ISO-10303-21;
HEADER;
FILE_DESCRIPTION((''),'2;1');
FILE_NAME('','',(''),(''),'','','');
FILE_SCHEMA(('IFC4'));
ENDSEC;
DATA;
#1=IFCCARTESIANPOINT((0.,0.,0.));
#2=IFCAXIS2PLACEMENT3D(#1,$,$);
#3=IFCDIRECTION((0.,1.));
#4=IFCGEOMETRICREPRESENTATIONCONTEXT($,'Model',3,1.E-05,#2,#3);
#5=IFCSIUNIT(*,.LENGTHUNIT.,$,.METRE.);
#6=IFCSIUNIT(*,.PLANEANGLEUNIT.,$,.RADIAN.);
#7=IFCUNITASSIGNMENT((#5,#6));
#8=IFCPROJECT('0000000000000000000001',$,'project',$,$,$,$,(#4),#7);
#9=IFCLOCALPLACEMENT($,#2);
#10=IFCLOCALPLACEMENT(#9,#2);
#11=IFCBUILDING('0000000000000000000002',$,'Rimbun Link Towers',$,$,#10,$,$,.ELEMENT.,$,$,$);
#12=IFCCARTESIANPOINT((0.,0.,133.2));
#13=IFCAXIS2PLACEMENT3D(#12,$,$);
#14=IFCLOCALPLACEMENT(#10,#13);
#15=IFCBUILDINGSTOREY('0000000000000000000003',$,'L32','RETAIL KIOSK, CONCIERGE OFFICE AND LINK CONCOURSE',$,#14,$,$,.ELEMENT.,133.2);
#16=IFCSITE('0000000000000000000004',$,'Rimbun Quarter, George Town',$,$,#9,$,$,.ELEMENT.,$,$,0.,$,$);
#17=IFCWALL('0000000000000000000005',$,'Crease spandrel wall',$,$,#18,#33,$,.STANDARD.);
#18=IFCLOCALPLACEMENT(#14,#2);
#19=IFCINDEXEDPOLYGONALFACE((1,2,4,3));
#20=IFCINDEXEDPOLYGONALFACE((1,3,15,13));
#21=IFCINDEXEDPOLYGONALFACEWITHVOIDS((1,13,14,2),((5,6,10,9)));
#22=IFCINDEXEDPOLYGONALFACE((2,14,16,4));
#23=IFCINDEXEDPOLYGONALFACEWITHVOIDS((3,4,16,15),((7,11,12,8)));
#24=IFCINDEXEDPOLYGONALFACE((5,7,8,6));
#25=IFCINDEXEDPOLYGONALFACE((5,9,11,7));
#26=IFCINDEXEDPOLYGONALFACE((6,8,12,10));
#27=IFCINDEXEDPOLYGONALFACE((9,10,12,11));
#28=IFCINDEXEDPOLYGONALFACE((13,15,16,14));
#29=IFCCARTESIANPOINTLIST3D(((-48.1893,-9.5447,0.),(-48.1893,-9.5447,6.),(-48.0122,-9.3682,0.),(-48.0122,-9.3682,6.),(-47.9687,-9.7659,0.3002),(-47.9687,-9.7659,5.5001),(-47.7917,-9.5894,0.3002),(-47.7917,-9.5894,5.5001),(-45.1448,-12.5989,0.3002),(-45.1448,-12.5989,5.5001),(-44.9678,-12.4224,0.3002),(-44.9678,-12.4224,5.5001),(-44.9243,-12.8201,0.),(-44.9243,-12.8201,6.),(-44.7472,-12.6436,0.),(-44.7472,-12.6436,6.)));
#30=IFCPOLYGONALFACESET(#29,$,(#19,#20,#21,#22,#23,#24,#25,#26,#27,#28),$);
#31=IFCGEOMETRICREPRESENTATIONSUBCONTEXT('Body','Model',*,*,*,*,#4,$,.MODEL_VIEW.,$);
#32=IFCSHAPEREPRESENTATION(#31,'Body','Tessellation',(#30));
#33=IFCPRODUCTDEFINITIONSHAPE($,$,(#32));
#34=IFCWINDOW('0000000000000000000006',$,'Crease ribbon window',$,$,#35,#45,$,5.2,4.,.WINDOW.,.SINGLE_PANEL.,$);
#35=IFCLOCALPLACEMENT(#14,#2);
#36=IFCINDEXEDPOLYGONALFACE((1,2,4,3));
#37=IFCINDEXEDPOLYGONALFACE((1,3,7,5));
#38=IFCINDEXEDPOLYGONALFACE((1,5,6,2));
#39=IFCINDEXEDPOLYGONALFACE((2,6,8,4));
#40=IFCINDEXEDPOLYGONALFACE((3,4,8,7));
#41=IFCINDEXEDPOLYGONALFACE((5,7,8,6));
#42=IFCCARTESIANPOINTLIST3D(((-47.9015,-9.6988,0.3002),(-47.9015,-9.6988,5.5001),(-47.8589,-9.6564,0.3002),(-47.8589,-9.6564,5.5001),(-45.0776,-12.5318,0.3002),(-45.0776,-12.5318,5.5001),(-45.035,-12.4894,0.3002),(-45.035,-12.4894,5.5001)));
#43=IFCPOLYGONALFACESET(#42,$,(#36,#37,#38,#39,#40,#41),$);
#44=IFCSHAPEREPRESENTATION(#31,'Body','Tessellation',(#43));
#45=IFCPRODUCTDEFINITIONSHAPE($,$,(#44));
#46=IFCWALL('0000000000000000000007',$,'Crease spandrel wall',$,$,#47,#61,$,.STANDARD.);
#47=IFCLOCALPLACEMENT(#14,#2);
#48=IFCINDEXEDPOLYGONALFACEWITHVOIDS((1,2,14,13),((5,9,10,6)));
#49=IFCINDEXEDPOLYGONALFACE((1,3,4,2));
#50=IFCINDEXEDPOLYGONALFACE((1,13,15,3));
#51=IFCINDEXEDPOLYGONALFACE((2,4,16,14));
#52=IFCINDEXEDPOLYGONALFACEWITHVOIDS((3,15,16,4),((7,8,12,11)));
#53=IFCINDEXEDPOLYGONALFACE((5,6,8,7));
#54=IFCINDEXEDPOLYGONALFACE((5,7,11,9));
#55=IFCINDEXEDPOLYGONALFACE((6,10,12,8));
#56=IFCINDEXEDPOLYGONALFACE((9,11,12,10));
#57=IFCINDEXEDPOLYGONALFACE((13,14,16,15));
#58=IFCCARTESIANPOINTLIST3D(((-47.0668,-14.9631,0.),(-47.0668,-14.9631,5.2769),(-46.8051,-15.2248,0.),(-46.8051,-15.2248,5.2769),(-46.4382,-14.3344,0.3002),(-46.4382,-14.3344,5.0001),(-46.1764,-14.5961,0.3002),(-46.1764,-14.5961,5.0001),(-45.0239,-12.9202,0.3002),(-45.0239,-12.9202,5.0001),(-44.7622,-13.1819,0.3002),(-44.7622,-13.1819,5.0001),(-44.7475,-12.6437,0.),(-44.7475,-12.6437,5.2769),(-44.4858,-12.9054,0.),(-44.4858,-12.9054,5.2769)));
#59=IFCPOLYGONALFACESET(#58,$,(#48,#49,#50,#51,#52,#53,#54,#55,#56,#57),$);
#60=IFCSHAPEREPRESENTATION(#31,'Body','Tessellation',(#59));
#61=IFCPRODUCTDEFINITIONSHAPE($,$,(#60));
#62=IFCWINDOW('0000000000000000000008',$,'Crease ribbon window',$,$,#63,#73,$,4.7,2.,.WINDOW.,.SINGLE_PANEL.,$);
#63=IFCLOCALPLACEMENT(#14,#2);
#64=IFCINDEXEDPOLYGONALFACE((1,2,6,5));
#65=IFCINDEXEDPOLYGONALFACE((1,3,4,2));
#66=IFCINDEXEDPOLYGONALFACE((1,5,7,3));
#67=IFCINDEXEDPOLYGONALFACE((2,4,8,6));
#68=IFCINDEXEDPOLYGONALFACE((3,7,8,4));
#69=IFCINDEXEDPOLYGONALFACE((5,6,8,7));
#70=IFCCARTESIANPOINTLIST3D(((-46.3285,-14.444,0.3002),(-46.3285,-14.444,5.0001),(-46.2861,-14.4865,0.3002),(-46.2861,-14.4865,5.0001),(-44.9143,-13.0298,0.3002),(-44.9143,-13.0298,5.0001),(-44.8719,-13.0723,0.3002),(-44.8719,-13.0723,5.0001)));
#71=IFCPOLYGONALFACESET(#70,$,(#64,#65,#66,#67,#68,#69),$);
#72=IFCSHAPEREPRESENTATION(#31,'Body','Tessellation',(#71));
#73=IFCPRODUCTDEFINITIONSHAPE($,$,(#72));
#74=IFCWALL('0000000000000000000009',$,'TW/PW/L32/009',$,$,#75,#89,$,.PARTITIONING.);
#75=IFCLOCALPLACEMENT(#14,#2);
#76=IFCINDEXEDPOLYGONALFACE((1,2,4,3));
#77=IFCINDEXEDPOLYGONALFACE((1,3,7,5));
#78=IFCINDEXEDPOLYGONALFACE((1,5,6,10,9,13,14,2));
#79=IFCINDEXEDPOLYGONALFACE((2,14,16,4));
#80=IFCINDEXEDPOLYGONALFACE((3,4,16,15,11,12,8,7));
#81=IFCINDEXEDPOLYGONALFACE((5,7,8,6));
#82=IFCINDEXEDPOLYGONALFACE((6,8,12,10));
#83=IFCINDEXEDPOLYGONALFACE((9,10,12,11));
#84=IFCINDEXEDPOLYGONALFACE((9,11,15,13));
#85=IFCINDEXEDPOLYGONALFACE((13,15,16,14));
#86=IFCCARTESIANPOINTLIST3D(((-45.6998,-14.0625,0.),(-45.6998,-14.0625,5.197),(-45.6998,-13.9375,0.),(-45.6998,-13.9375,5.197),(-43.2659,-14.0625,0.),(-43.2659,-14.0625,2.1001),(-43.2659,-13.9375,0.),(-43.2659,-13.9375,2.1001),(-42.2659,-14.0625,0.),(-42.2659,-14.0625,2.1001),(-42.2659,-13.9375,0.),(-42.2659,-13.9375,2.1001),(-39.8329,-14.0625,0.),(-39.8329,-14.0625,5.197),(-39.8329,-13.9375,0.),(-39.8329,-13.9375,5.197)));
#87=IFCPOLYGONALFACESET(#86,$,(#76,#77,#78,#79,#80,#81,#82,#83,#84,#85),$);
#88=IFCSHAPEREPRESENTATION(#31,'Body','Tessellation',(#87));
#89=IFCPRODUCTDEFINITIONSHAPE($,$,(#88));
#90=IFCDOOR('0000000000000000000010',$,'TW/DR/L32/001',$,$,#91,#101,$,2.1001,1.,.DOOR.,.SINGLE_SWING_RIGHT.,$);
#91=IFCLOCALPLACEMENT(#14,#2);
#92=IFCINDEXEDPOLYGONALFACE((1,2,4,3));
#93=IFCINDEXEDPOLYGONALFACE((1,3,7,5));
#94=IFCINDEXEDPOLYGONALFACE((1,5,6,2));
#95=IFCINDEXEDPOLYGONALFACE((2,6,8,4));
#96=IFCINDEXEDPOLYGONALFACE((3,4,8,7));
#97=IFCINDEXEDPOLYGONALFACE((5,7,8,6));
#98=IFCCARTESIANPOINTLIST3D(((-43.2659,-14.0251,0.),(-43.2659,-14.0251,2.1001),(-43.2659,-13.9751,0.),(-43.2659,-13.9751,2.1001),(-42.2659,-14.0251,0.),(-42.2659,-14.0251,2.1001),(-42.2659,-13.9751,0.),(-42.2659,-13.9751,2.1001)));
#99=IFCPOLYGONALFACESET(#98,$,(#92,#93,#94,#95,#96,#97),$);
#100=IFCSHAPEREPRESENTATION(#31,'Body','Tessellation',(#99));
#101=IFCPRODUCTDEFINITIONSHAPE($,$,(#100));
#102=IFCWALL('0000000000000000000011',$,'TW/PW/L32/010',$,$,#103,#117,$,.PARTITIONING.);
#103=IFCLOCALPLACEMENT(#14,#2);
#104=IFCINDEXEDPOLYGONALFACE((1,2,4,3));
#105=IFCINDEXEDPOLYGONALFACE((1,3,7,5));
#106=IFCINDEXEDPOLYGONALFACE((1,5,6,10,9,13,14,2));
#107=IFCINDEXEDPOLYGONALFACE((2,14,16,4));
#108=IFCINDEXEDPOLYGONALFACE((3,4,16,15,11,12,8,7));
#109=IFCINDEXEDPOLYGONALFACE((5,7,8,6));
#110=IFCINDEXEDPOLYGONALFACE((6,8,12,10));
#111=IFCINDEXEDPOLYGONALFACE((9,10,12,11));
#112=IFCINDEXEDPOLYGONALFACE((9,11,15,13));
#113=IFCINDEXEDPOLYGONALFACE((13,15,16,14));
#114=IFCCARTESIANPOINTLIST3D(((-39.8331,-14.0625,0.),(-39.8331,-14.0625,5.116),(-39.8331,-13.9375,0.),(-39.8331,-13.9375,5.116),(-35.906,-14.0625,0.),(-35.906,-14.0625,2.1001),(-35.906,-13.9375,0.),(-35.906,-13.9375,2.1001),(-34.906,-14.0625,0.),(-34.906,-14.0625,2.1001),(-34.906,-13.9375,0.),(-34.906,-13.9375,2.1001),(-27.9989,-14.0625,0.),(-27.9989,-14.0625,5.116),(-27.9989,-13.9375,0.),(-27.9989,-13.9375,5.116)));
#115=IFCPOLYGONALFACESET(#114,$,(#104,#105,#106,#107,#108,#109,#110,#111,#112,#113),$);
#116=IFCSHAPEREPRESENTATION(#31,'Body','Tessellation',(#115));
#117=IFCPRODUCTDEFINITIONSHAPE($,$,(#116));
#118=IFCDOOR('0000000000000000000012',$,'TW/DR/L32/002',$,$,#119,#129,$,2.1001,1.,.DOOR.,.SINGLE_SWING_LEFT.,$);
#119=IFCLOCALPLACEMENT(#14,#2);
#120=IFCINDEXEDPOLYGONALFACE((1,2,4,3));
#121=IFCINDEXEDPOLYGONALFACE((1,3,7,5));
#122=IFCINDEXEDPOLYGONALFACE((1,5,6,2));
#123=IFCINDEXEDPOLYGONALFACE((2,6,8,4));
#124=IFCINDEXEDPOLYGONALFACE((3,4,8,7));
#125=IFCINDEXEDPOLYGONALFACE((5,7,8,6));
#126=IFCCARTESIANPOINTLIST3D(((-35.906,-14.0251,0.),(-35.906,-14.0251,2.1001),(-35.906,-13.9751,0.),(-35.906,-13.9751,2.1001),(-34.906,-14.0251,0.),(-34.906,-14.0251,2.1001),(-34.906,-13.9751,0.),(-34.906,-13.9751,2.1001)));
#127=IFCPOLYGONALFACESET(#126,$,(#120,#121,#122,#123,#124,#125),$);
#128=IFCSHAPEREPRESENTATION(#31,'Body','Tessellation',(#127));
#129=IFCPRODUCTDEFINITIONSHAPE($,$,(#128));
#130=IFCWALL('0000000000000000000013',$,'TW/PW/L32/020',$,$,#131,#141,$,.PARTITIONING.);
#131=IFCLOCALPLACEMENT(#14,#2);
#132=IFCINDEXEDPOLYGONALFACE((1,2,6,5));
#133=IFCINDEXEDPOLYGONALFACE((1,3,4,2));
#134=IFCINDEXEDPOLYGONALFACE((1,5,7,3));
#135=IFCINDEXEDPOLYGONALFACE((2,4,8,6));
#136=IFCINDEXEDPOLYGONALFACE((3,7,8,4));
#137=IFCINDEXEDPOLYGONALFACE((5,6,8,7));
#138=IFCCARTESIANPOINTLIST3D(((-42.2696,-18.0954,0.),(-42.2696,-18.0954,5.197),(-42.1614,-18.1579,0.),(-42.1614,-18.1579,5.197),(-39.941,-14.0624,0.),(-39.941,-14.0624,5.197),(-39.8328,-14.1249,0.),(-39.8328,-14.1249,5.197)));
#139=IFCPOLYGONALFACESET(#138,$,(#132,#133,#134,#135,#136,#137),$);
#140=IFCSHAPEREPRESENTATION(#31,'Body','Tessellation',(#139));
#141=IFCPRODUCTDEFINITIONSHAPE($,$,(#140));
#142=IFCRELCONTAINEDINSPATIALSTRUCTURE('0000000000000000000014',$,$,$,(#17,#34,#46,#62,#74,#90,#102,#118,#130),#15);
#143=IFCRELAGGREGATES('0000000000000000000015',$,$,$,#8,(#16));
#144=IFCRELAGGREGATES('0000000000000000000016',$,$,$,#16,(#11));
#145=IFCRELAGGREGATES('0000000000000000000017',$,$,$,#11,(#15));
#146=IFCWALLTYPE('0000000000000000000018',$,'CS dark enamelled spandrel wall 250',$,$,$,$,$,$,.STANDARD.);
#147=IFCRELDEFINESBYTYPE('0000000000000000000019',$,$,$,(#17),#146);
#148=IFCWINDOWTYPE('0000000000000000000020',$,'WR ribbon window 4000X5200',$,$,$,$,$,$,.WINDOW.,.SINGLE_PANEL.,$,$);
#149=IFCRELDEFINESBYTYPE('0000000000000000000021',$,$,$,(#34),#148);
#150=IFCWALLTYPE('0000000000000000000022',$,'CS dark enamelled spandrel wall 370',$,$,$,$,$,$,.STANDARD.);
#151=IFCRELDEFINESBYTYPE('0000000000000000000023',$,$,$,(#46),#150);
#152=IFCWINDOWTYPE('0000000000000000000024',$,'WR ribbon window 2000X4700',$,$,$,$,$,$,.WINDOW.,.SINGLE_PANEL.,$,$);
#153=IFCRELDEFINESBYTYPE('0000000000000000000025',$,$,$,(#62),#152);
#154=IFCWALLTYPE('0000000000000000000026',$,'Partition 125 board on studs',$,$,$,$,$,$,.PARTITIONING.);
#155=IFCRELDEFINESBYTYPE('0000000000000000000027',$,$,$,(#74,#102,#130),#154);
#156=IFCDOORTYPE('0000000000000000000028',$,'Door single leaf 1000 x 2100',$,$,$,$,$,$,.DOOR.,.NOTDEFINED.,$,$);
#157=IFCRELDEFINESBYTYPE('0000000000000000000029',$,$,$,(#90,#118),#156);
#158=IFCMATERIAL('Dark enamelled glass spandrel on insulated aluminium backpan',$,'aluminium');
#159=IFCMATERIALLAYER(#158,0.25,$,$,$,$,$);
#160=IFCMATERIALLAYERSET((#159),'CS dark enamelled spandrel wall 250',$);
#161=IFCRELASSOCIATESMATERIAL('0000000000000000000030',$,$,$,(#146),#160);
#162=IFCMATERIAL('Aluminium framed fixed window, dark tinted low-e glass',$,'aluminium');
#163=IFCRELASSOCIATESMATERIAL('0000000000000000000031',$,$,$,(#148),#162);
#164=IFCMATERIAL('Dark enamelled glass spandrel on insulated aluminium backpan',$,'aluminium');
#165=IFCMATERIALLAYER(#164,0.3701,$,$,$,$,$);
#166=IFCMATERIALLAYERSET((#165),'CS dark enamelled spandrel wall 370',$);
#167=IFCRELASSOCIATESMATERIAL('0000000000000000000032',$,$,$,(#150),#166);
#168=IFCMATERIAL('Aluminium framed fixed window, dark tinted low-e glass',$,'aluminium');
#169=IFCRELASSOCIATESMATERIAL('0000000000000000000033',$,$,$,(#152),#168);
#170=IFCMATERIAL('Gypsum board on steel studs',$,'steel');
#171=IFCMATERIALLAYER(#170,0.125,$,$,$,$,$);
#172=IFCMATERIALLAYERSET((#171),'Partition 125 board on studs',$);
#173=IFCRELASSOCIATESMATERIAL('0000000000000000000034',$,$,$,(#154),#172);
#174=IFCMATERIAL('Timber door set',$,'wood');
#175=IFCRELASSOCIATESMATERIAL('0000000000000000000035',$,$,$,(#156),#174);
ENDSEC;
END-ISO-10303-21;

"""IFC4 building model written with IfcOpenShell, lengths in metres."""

from ifc_helpers import new_model, si_unit, direction, frame, frame_2d, origin, place, context, subcontext, project, spatial, rectangle, extrude, material, layer, layer_set, type_object, element, fill, save


model = new_model("IFC4")

# Units and contexts
model_context = context("Model", 3, precision=1e-05, world=origin(), true_north=direction((0.0, 1.0)))
body_context = subcontext(model_context, "Body", "Model", "MODEL_VIEW")
ifc_project = project(units=[si_unit("LENGTHUNIT", "METRE"), si_unit("PLANEANGLEUNIT", "RADIAN")], contexts=[model_context])

# Site, building, storey
site_placement = place(None, origin())
site = spatial("IfcSite", under=ifc_project, at=site_placement, Name="Rimbun Quarter, George Town", CompositionType="ELEMENT", RefElevation=0.0)
building_placement = place(site_placement, origin())
building = spatial("IfcBuilding", under=site, at=building_placement, Name="Rimbun Link Towers", CompositionType="ELEMENT")
storey_placement = place(building_placement, frame((0.0, 0.0, 133.2)))
storey = spatial("IfcBuildingStorey", under=building, at=storey_placement, Name="L32", Description="RETAIL KIOSK, CONCIERGE OFFICE AND LINK CONCOURSE", CompositionType="ELEMENT", Elevation=133.2)

# Walls, openings, windows
ifc_material_1 = material(Name="Dark enamelled glass spandrel on insulated aluminium backpan", Category="aluminium")
ifc_layer_1 = layer(ifc_material_1, 0.25)
ifc_layer_set_1 = layer_set([ifc_layer_1], Name="CS dark enamelled spandrel wall 250")
wall_type_1 = type_object("IfcWallType", Name="CS dark enamelled spandrel wall 250", PredefinedType="STANDARD", material=ifc_layer_set_1)
wall_1_placement = place(storey_placement, frame((-44.8357, -12.7319, 0.0), z_axis=(0.0, 0.0, 1.0), x_axis=(-0.705971, 0.708241, 0.0)))
wall_1 = element("IfcWall", 1, at=wall_1_placement, inside=storey, type_object=wall_type_1, Name="Crease spandrel wall", PredefinedType="STANDARD", context=body_context, shape_type="SweptSolid", body=[
    extrude(rectangle(XDim=4.6248, YDim=0.25, at=frame_2d((2.3125, 0.0))), origin(), (0.0, 0.0, 1.0), 6.0),
])
opening_1_placement = place(wall_1_placement, frame((0.3125, 0.0, 0.3)))
opening_1 = element("IfcOpeningElement", 2, at=opening_1_placement, cuts=wall_1, PredefinedType="OPENING", context=body_context, shape_type="SweptSolid", body=[
    extrude(rectangle(XDim=4.0, YDim=5.2, at=frame_2d((2.0, 2.6001))), frame((0.0, 0.135, 0.0), z_axis=(0.0, -1.0, 0.0), x_axis=(1.0, 0.0, 0.0)), (0.0, 0.0, 1.0), 0.27),
])
ifc_material_2 = material(Name="Aluminium framed fixed window, dark tinted low-e glass", Category="aluminium")
window_type_1 = type_object("IfcWindowType", Name="WR ribbon window 4000X5200", PartitioningType="SINGLE_PANEL", PredefinedType="WINDOW", material=ifc_material_2)
window_1_placement = place(opening_1_placement, origin())
window_1 = element("IfcWindow", 3, at=window_1_placement, inside=storey, type_object=window_type_1, Name="Crease ribbon window", OverallHeight=5.2, OverallWidth=4.0, PartitioningType="SINGLE_PANEL", PredefinedType="WINDOW", context=body_context, shape_type="SweptSolid", body=[
    extrude(rectangle(XDim=4.0, YDim=5.2, at=frame_2d((2.0, 2.6001))), frame((0.0, 0.03, 0.0), z_axis=(0.0, -1.0, 0.0), x_axis=(1.0, 0.0, 0.0)), (0.0, 0.0, 1.0), 0.0601),
])
fill(opening_1, window_1)
ifc_material_3 = material(Name="Dark enamelled glass spandrel on insulated aluminium backpan", Category="aluminium")
ifc_layer_2 = layer(ifc_material_3, 0.3701)
ifc_layer_set_2 = layer_set([ifc_layer_2], Name="CS dark enamelled spandrel wall 370")
wall_type_2 = type_object("IfcWallType", Name="CS dark enamelled spandrel wall 370", PredefinedType="STANDARD", material=ifc_layer_set_2)
wall_2_placement = place(storey_placement, frame((-46.936, -15.094, 0.0), z_axis=(0.0, 0.0, 1.0), x_axis=(0.707107, 0.707107, 0.0)))
wall_2 = element("IfcWall", 4, at=wall_2_placement, inside=storey, type_object=wall_type_2, Name="Crease spandrel wall", PredefinedType="STANDARD", context=body_context, shape_type="SweptSolid", body=[
    extrude(rectangle(XDim=3.28, YDim=0.3701, at=frame_2d((1.6401, 0.0))), origin(), (0.0, 0.0, 1.0), 5.2769),
])
opening_2_placement = place(wall_2_placement, frame((0.8892, 0.0, 0.3)))
opening_2 = element("IfcOpeningElement", 5, at=opening_2_placement, cuts=wall_2, PredefinedType="OPENING", context=body_context, shape_type="SweptSolid", body=[
    extrude(rectangle(XDim=2.0, YDim=4.7, at=frame_2d((1.0, 2.3501))), frame((0.0, 0.1951, 0.0), z_axis=(0.0, -1.0, 0.0), x_axis=(1.0, 0.0, 0.0)), (0.0, 0.0, 1.0), 0.3901),
])
ifc_material_4 = material(Name="Aluminium framed fixed window, dark tinted low-e glass", Category="aluminium")
window_type_2 = type_object("IfcWindowType", Name="WR ribbon window 2000X4700", PartitioningType="SINGLE_PANEL", PredefinedType="WINDOW", material=ifc_material_4)
window_2_placement = place(opening_2_placement, origin())
window_2 = element("IfcWindow", 6, at=window_2_placement, inside=storey, type_object=window_type_2, Name="Crease ribbon window", OverallHeight=4.7, OverallWidth=2.0, PartitioningType="SINGLE_PANEL", PredefinedType="WINDOW", context=body_context, shape_type="SweptSolid", body=[
    extrude(rectangle(XDim=2.0, YDim=4.7, at=frame_2d((1.0, 2.3501))), frame((0.0, 0.03, 0.0), z_axis=(0.0, -1.0, 0.0), x_axis=(1.0, 0.0, 0.0)), (0.0, 0.0, 1.0), 0.0601),
])
fill(opening_2, window_2)

# Walls, openings, doors
ifc_material_5 = material(Name="Gypsum board on steel studs", Category="steel")
ifc_layer_3 = layer(ifc_material_5, 0.125)
ifc_layer_set_3 = layer_set([ifc_layer_3], Name="Partition 125 board on studs")
wall_type_3 = type_object("IfcWallType", Name="Partition 125 board on studs", PredefinedType="PARTITIONING", material=ifc_layer_set_3)
wall_3_placement = place(storey_placement, frame((-45.7, -14.0, 0.0), z_axis=(0.0, 0.0, 1.0), x_axis=(1.0, 0.0, 0.0)))
wall_3 = element("IfcWall", 7, at=wall_3_placement, inside=storey, type_object=wall_type_3, Name="TW/PW/L32/009", PredefinedType="PARTITIONING", context=body_context, shape_type="SweptSolid", body=[
    extrude(rectangle(XDim=5.8669, YDim=0.125, at=frame_2d((2.9336, 0.0))), origin(), (0.0, 0.0, 1.0), 5.197),
])
opening_3_placement = place(wall_3_placement, frame((2.4341, 0.0, 0.0)))
opening_3 = element("IfcOpeningElement", 8, at=opening_3_placement, cuts=wall_3, PredefinedType="OPENING", context=body_context, shape_type="SweptSolid", body=[
    extrude(rectangle(XDim=1.0, YDim=2.1001, at=frame_2d((0.5, 1.05))), frame((0.0, 0.0725, 0.0), z_axis=(0.0, -1.0, 0.0), x_axis=(1.0, 0.0, 0.0)), (0.0, 0.0, 1.0), 0.145),
])
ifc_material_6 = material(Name="Timber door set", Category="wood")
door_type = type_object("IfcDoorType", Name="Door single leaf 1000 x 2100", OperationType="NOTDEFINED", PredefinedType="DOOR", material=ifc_material_6)
door_1_placement = place(opening_3_placement, origin())
door_1 = element("IfcDoor", 9, at=door_1_placement, inside=storey, type_object=door_type, Name="TW/DR/L32/001", OperationType="SINGLE_SWING_RIGHT", OverallHeight=2.1001, OverallWidth=1.0, PredefinedType="DOOR", context=body_context, shape_type="SweptSolid", body=[
    extrude(rectangle(XDim=1.0, YDim=2.1001, at=frame_2d((0.5, 1.05))), frame((0.0, 0.0249, 0.0), z_axis=(0.0, -1.0, 0.0), x_axis=(1.0, 0.0, 0.0)), (0.0, 0.0, 1.0), 0.05),
])
fill(opening_3, door_1)
wall_4_placement = place(storey_placement, frame((-39.833, -14.0, 0.0), z_axis=(0.0, 0.0, 1.0), x_axis=(1.0, 0.0, 0.0)))
wall_4 = element("IfcWall", 10, at=wall_4_placement, inside=storey, type_object=wall_type_3, Name="TW/PW/L32/010", PredefinedType="PARTITIONING", context=body_context, shape_type="SweptSolid", body=[
    extrude(rectangle(XDim=11.8342, YDim=0.125, at=frame_2d((5.917, 0.0))), origin(), (0.0, 0.0, 1.0), 5.116),
])
opening_4_placement = place(wall_4_placement, frame((3.927, 0.0, 0.0)))
opening_4 = element("IfcOpeningElement", 11, at=opening_4_placement, cuts=wall_4, PredefinedType="OPENING", context=body_context, shape_type="SweptSolid", body=[
    extrude(rectangle(XDim=1.0, YDim=2.1001, at=frame_2d((0.5, 1.05))), frame((0.0, 0.0725, 0.0), z_axis=(0.0, -1.0, 0.0), x_axis=(1.0, 0.0, 0.0)), (0.0, 0.0, 1.0), 0.145),
])
door_2_placement = place(opening_4_placement, origin())
door_2 = element("IfcDoor", 12, at=door_2_placement, inside=storey, type_object=door_type, Name="TW/DR/L32/002", OperationType="SINGLE_SWING_LEFT", OverallHeight=2.1001, OverallWidth=1.0, PredefinedType="DOOR", context=body_context, shape_type="SweptSolid", body=[
    extrude(rectangle(XDim=1.0, YDim=2.1001, at=frame_2d((0.5, 1.05))), frame((0.0, 0.0249, 0.0), z_axis=(0.0, -1.0, 0.0), x_axis=(1.0, 0.0, 0.0)), (0.0, 0.0, 1.0), 0.05),
])
fill(opening_4, door_2)

# Wall
wall_5_placement = place(storey_placement, frame((-42.2156, -18.1267, 0.0), z_axis=(0.0, 0.0, 1.0), x_axis=(0.50003, 0.866008, 0.0)))
element("IfcWall", 13, at=wall_5_placement, inside=storey, type_object=wall_type_3, Name="TW/PW/L32/020", PredefinedType="PARTITIONING", context=body_context, shape_type="SweptSolid", body=[
    extrude(rectangle(XDim=4.657, YDim=0.125, at=frame_2d((2.3286, 0.0))), origin(), (0.0, 0.0, 1.0), 5.197),
])

save(model, "model.ifc")
